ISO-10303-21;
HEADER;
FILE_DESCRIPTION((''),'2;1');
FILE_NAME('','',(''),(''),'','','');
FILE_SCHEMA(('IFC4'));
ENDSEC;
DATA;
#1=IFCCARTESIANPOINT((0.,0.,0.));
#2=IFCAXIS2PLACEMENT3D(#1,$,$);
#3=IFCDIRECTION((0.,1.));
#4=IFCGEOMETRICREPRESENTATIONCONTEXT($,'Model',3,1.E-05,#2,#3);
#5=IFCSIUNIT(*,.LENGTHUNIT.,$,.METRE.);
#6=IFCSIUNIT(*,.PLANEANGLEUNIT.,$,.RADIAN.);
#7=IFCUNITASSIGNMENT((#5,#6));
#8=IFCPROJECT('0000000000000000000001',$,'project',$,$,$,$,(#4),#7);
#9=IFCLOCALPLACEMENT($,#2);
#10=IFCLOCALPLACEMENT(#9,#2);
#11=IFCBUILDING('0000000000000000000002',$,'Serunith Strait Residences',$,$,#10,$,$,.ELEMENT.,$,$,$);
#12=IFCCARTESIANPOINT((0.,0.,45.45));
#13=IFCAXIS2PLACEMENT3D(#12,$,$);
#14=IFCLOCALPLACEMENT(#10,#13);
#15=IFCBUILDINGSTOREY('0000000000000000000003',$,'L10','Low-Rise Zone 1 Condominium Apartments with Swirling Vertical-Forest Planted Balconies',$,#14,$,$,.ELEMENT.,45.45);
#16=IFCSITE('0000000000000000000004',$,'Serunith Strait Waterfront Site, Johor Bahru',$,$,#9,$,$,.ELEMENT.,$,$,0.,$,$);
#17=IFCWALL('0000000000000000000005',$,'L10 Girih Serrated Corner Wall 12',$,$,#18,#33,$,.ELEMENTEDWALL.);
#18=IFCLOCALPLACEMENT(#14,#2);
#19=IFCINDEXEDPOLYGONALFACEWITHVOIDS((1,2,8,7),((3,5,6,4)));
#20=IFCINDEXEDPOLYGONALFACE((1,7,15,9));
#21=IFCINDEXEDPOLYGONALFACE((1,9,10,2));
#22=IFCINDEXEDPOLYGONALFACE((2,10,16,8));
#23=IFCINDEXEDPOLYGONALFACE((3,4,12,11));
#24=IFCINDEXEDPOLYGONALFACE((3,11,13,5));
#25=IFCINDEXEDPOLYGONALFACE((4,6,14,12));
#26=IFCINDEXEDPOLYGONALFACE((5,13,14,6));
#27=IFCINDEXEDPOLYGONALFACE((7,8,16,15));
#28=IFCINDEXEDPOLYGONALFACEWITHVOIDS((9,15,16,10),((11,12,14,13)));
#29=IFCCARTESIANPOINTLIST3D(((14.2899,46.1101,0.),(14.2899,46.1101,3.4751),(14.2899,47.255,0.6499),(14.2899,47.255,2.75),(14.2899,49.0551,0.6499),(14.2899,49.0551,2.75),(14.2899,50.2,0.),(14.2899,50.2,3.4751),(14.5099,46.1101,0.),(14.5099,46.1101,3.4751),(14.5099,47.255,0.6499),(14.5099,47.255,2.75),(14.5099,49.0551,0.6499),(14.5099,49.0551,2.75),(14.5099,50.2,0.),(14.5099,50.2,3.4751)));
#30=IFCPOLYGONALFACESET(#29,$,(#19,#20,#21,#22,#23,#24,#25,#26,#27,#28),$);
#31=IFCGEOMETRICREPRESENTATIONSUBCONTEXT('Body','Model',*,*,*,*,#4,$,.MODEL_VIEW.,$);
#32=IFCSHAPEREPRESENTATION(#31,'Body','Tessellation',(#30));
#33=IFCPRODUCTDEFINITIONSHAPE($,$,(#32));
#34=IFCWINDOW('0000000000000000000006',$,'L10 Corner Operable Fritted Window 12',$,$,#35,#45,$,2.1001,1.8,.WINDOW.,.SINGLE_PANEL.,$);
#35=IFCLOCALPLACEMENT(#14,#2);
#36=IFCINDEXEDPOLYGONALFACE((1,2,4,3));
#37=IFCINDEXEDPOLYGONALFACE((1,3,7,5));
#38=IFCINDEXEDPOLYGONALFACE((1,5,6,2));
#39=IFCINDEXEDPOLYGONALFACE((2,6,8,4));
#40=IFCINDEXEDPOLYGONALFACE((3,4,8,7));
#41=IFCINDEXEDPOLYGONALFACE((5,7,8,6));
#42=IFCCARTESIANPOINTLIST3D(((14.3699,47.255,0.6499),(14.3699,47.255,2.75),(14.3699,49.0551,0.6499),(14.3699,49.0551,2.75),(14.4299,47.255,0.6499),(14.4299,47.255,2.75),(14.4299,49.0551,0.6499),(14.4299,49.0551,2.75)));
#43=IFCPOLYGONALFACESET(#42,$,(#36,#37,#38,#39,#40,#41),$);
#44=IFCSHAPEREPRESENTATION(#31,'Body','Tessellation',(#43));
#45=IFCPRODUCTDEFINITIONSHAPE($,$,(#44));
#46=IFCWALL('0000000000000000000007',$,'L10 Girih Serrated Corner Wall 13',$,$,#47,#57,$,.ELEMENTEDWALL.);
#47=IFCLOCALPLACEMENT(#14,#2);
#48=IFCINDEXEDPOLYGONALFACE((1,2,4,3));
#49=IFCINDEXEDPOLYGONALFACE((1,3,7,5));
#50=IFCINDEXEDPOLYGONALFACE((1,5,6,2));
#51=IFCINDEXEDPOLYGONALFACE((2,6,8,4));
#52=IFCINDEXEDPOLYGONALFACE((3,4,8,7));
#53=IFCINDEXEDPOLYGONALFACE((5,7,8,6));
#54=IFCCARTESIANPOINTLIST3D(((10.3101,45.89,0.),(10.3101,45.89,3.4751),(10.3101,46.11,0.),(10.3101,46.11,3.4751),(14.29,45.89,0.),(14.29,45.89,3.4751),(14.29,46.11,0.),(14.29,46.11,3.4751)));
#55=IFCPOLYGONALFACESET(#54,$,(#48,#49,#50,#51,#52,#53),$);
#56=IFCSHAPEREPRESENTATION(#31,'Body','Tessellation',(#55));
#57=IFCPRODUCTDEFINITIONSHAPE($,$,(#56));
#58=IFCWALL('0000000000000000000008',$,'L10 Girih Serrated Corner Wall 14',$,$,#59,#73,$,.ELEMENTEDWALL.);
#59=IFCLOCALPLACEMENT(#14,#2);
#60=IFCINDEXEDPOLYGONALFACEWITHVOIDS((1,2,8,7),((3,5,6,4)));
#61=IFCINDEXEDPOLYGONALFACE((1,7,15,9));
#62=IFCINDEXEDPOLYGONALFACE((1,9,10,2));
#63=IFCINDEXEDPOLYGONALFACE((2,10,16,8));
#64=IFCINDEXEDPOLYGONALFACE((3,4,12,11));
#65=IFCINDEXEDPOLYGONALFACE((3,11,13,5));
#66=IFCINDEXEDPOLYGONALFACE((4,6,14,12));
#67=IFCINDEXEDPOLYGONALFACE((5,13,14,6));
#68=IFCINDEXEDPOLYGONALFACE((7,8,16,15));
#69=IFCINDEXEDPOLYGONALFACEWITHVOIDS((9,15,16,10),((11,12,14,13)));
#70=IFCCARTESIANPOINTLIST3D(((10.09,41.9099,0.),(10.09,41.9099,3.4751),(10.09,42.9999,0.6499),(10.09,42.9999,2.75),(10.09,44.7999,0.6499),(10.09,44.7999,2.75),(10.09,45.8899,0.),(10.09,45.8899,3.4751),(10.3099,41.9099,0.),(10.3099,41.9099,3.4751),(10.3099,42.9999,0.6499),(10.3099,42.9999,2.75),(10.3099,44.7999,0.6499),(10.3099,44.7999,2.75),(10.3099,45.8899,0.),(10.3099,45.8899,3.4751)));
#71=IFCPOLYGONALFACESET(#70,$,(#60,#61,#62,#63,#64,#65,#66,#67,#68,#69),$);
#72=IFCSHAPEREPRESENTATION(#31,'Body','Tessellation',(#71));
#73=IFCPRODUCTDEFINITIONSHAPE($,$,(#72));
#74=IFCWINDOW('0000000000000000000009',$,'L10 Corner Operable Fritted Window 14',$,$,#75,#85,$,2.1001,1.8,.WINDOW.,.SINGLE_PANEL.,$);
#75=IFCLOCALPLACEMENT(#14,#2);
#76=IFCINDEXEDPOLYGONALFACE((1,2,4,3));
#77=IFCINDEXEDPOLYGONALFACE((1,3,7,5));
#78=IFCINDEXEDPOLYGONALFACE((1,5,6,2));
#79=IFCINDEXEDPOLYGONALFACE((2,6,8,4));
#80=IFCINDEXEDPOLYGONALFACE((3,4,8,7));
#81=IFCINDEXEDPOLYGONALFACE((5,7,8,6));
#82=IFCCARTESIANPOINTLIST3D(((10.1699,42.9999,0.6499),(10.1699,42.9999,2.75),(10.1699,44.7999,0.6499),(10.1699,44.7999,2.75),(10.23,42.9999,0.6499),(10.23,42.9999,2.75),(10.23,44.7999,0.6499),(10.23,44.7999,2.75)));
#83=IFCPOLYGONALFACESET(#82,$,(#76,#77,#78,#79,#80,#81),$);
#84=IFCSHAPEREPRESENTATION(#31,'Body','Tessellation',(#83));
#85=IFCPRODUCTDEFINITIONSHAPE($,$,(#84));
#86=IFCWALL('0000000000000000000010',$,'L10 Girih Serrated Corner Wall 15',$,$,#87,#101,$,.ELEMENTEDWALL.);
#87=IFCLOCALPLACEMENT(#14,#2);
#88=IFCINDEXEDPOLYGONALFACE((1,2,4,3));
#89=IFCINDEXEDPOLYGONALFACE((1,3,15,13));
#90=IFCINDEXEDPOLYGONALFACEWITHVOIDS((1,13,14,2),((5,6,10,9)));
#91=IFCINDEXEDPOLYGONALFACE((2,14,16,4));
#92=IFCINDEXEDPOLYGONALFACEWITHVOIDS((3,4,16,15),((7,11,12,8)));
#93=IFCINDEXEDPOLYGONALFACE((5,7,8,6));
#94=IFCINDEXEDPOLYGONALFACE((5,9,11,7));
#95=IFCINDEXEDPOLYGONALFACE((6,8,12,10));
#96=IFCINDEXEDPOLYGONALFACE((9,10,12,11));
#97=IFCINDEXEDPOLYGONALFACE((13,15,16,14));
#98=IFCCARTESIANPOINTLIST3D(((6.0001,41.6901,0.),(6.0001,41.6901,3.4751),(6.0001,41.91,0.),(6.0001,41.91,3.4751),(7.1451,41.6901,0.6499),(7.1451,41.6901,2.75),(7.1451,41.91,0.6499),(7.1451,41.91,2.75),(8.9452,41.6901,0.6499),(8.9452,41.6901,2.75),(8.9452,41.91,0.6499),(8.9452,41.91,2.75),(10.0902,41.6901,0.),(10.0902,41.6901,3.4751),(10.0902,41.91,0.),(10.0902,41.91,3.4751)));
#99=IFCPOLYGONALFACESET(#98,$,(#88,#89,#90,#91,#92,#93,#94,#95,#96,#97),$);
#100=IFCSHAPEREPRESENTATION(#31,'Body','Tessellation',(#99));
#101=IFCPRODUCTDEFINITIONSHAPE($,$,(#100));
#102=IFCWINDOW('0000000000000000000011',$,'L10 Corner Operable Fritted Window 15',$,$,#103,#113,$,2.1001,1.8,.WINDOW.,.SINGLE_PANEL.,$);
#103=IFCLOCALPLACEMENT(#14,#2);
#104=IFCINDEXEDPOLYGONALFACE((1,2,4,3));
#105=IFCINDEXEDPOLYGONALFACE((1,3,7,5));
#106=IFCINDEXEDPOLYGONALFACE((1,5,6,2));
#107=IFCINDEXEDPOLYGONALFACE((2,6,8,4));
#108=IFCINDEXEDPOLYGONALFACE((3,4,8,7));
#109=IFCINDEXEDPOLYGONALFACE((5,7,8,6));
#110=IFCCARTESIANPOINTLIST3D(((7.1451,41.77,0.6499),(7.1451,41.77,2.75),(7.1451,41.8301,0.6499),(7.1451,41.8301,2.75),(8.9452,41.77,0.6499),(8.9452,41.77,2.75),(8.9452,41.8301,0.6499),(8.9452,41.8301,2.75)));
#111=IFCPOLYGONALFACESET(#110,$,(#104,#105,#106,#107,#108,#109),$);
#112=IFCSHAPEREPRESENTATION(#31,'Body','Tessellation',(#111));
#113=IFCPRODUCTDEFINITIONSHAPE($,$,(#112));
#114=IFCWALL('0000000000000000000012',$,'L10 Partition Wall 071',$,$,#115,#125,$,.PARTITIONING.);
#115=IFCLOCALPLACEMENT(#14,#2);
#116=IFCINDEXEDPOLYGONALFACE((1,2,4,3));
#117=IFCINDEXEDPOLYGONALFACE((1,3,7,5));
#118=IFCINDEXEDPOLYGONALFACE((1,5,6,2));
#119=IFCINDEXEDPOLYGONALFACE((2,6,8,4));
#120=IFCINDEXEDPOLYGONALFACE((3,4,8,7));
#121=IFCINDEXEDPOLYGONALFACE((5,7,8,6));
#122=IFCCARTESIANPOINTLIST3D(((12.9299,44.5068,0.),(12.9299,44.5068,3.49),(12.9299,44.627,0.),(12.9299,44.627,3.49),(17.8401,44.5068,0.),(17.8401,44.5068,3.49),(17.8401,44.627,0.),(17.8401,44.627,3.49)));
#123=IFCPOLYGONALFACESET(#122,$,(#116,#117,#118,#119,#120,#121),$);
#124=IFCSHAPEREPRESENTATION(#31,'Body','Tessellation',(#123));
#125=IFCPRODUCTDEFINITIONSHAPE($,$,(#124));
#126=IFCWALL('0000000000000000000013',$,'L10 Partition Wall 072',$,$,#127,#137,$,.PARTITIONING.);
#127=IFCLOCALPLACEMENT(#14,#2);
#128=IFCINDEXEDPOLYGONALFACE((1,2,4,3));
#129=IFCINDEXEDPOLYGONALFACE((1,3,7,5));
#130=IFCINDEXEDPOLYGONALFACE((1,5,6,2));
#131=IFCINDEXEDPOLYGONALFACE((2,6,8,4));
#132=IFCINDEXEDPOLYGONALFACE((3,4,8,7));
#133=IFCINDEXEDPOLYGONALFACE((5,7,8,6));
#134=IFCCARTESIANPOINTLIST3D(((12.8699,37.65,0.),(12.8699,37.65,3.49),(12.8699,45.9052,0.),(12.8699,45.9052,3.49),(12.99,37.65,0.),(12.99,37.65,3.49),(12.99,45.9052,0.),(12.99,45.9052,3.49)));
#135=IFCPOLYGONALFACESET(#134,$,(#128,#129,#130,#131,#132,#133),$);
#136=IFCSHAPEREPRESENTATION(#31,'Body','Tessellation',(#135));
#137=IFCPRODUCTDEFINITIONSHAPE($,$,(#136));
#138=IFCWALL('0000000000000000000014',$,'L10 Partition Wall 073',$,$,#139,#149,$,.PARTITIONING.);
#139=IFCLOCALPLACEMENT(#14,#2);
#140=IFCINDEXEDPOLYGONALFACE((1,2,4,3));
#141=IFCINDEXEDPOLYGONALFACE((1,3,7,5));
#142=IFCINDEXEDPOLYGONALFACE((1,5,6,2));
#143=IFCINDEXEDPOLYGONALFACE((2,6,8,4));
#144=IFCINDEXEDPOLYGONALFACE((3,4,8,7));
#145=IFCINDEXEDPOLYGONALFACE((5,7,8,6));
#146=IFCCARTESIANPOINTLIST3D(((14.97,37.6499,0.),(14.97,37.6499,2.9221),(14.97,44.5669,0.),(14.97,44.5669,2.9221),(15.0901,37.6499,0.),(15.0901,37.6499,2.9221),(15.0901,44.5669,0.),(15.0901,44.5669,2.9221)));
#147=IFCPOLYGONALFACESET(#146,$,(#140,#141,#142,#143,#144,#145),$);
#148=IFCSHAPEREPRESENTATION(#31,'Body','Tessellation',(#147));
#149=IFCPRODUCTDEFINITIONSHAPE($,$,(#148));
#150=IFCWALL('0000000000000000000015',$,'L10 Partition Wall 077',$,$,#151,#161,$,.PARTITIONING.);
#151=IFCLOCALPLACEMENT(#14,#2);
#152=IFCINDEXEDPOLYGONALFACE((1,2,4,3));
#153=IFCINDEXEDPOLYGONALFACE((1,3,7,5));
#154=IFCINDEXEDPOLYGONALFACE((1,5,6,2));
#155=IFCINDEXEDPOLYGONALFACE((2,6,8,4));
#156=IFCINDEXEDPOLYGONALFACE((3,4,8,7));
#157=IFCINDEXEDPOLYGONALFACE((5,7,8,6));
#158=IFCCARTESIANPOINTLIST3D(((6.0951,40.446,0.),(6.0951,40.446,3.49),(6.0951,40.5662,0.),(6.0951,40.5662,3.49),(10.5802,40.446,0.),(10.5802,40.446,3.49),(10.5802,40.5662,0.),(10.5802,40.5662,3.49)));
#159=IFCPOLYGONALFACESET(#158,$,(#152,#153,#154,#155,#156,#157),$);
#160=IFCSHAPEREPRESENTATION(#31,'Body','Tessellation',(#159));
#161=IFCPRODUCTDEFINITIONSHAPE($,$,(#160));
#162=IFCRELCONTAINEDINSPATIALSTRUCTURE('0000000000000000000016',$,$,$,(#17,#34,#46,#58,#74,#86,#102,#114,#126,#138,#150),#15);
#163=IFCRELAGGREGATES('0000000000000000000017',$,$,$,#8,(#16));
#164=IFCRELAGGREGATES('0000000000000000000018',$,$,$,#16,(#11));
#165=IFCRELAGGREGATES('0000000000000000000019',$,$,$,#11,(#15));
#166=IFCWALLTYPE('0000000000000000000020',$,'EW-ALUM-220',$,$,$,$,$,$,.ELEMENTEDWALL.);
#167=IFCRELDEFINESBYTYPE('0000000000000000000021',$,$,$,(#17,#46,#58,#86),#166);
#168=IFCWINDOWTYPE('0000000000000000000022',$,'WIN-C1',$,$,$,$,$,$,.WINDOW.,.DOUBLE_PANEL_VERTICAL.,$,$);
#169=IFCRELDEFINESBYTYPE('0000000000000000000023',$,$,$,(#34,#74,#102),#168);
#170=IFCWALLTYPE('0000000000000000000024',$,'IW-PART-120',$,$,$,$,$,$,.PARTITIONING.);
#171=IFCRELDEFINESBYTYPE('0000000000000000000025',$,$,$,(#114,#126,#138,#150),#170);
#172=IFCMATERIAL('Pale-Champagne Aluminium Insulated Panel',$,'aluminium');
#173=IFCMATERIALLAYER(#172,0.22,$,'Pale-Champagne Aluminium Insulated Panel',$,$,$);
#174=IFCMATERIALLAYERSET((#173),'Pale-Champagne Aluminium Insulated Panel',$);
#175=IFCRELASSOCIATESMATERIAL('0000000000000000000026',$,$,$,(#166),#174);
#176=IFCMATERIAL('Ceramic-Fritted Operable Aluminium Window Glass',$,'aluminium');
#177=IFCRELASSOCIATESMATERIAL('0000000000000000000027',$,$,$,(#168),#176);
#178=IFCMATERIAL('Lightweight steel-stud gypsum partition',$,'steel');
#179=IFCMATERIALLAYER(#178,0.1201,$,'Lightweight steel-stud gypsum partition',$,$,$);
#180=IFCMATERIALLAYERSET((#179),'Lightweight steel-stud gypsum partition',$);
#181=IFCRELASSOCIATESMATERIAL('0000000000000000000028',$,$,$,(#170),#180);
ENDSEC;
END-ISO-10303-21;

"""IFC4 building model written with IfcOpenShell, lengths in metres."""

from ifc_helpers import new_model, si_unit, direction, frame, frame_2d, origin, place, context, subcontext, project, spatial, rectangle, extrude, source, transform, mapped, material, layer, layer_set, type_object, element, fill, save


model = new_model("IFC4")

# Units and contexts
model_context = context("Model", 3, precision=1e-05, world=origin(), true_north=direction((0.0, 1.0)))
body_context = subcontext(model_context, "Body", "Model", "MODEL_VIEW")
ifc_project = project(units=[si_unit("LENGTHUNIT", "METRE"), si_unit("PLANEANGLEUNIT", "RADIAN")], contexts=[model_context])

# Site, building, storey
site_placement = place(None, origin())
site = spatial("IfcSite", under=ifc_project, at=site_placement, Name="Serunith Strait Waterfront Site, Johor Bahru", CompositionType="ELEMENT", RefElevation=0.0)
building_placement = place(site_placement, origin())
building = spatial("IfcBuilding", under=site, at=building_placement, Name="Serunith Strait Residences", CompositionType="ELEMENT")
storey_placement = place(building_placement, frame((0.0, 0.0, 45.45)))
storey = spatial("IfcBuildingStorey", under=building, at=storey_placement, Name="L10", Description="Low-Rise Zone 1 Condominium Apartments with Swirling Vertical-Forest Planted Balconies", CompositionType="ELEMENT", Elevation=45.45)

# Wall, opening, window
ifc_material_1 = material(Name="Pale-Champagne Aluminium Insulated Panel", Category="aluminium")
ifc_layer_1 = layer(ifc_material_1, 0.22, Name="Pale-Champagne Aluminium Insulated Panel")
ifc_layer_set_1 = layer_set([ifc_layer_1], Name="Pale-Champagne Aluminium Insulated Panel")
wall_type_1 = type_object("IfcWallType", Name="EW-ALUM-220", PredefinedType="ELEMENTEDWALL", material=ifc_layer_set_1)
wall_1_placement = place(storey_placement, frame((14.3999, 50.2, 0.0), z_axis=(0.0, 0.0, 1.0), x_axis=(0.0, -1.0, 0.0)))
wall_1 = element("IfcWall", 1, at=wall_1_placement, inside=storey, type_object=wall_type_1, Name="L10 Girih Serrated Corner Wall 12", PredefinedType="ELEMENTEDWALL", context=body_context, shape_type="SweptSolid", body=[
    extrude(rectangle(XDim=4.0898, YDim=0.22, at=frame_2d((2.0449, 0.0))), origin(), (0.0, 0.0, 1.0), 3.4751),
])
opening_1_placement = place(wall_1_placement, frame((1.145, 0.0, 0.6499)))
opening_1 = element("IfcOpeningElement", 2, at=opening_1_placement, cuts=wall_1, PredefinedType="OPENING", context=body_context, shape_type="SweptSolid", body=[
    extrude(rectangle(XDim=1.8, YDim=2.1001, at=frame_2d((0.8999, 1.05))), frame((0.0, 0.1201, 0.0), z_axis=(0.0, -1.0, 0.0), x_axis=(1.0, 0.0, 0.0)), (0.0, 0.0, 1.0), 0.24),
])
ifc_material_2 = material(Name="Ceramic-Fritted Operable Aluminium Window Glass", Category="aluminium")
window_type = type_object("IfcWindowType", Name="WIN-C1", PartitioningType="DOUBLE_PANEL_VERTICAL", PredefinedType="WINDOW", material=ifc_material_2)
shared_shape_1 = source(origin(), body_context, "Body", "SweptSolid", [
    extrude(rectangle(XDim=1.8, YDim=2.1001, at=frame_2d((0.8999, 1.05))), frame((0.0, 0.03, 0.0), z_axis=(0.0, -1.0, 0.0), x_axis=(1.0, 0.0, 0.0)), (0.0, 0.0, 1.0), 0.0601),
])
window_1_placement = place(opening_1_placement, origin())
window_1 = element("IfcWindow", 3, at=window_1_placement, inside=storey, type_object=window_type, Name="L10 Corner Operable Fritted Window 12", OverallHeight=2.1001, OverallWidth=1.8, PartitioningType="SINGLE_PANEL", PredefinedType="WINDOW", context=body_context, shape_type="MappedRepresentation", body=[
    mapped(shared_shape_1, transform((0.0, 0.0, 0.0), scale=1.0)),
])
fill(opening_1, window_1)

# Wall
wall_2_placement = place(storey_placement, frame((14.29, 46.0, 0.0), z_axis=(0.0, 0.0, 1.0), x_axis=(-1.0, 0.0, 0.0)))
element("IfcWall", 4, at=wall_2_placement, inside=storey, type_object=wall_type_1, Name="L10 Girih Serrated Corner Wall 13", PredefinedType="ELEMENTEDWALL", context=body_context, shape_type="SweptSolid", body=[
    extrude(rectangle(XDim=3.98, YDim=0.22, at=frame_2d((1.99, 0.0))), origin(), (0.0, 0.0, 1.0), 3.4751),
])

# Walls, openings, windows
wall_3_placement = place(storey_placement, frame((10.2, 45.8899, 0.0), z_axis=(0.0, 0.0, 1.0), x_axis=(0.0, -1.0, 0.0)))
wall_3 = element("IfcWall", 5, at=wall_3_placement, inside=storey, type_object=wall_type_1, Name="L10 Girih Serrated Corner Wall 14", PredefinedType="ELEMENTEDWALL", context=body_context, shape_type="SweptSolid", body=[
    extrude(rectangle(XDim=3.98, YDim=0.22, at=frame_2d((1.99, 0.0))), origin(), (0.0, 0.0, 1.0), 3.4751),
])
opening_2_placement = place(wall_3_placement, frame((1.0901, 0.0, 0.6499)))
opening_2 = element("IfcOpeningElement", 6, at=opening_2_placement, cuts=wall_3, PredefinedType="OPENING", context=body_context, shape_type="SweptSolid", body=[
    extrude(rectangle(XDim=1.8, YDim=2.1001, at=frame_2d((0.8999, 1.05))), frame((0.0, 0.1201, 0.0), z_axis=(0.0, -1.0, 0.0), x_axis=(1.0, 0.0, 0.0)), (0.0, 0.0, 1.0), 0.24),
])
window_2_placement = place(opening_2_placement, origin())
window_2 = element("IfcWindow", 7, at=window_2_placement, inside=storey, type_object=window_type, Name="L10 Corner Operable Fritted Window 14", OverallHeight=2.1001, OverallWidth=1.8, PartitioningType="SINGLE_PANEL", PredefinedType="WINDOW", context=body_context, shape_type="MappedRepresentation", body=[
    mapped(shared_shape_1, transform((0.0, 0.0, 0.0), scale=1.0)),
])
fill(opening_2, window_2)
wall_4_placement = place(storey_placement, frame((10.0901, 41.8, 0.0), z_axis=(0.0, 0.0, 1.0), x_axis=(-1.0, 0.0, 0.0)))
wall_4 = element("IfcWall", 8, at=wall_4_placement, inside=storey, type_object=wall_type_1, Name="L10 Girih Serrated Corner Wall 15", PredefinedType="ELEMENTEDWALL", context=body_context, shape_type="SweptSolid", body=[
    extrude(rectangle(XDim=4.0901, YDim=0.22, at=frame_2d((2.0449, 0.0))), origin(), (0.0, 0.0, 1.0), 3.4751),
])
opening_3_placement = place(wall_4_placement, frame((1.145, 0.0, 0.6499)))
opening_3 = element("IfcOpeningElement", 9, at=opening_3_placement, cuts=wall_4, PredefinedType="OPENING", context=body_context, shape_type="SweptSolid", body=[
    extrude(rectangle(XDim=1.8, YDim=2.1001, at=frame_2d((0.8999, 1.05))), frame((0.0, 0.1201, 0.0), z_axis=(0.0, -1.0, 0.0), x_axis=(1.0, 0.0, 0.0)), (0.0, 0.0, 1.0), 0.24),
])
window_3_placement = place(opening_3_placement, origin())
window_3 = element("IfcWindow", 10, at=window_3_placement, inside=storey, type_object=window_type, Name="L10 Corner Operable Fritted Window 15", OverallHeight=2.1001, OverallWidth=1.8, PartitioningType="SINGLE_PANEL", PredefinedType="WINDOW", context=body_context, shape_type="MappedRepresentation", body=[
    mapped(shared_shape_1, transform((0.0, 0.0, 0.0), scale=1.0)),
])
fill(opening_3, window_3)

# Walls
ifc_material_3 = material(Name="Lightweight steel-stud gypsum partition", Category="steel")
ifc_layer_2 = layer(ifc_material_3, 0.1201, Name="Lightweight steel-stud gypsum partition")
ifc_layer_set_2 = layer_set([ifc_layer_2], Name="Lightweight steel-stud gypsum partition")
wall_type_2 = type_object("IfcWallType", Name="IW-PART-120", PredefinedType="PARTITIONING", material=ifc_layer_set_2)
wall_5_placement = place(storey_placement, frame((12.9299, 44.5669, 0.0), z_axis=(0.0, 0.0, 1.0), x_axis=(1.0, 0.0, 0.0)))
element("IfcWall", 11, at=wall_5_placement, inside=storey, type_object=wall_type_2, Name="L10 Partition Wall 071", PredefinedType="PARTITIONING", context=body_context, shape_type="SweptSolid", body=[
    extrude(rectangle(XDim=4.9102, YDim=0.1201, at=frame_2d((2.4551, 0.0))), origin(), (0.0, 0.0, 1.0), 3.49),
])
wall_6_placement = place(storey_placement, frame((12.9299, 45.905, 0.0), z_axis=(0.0, 0.0, 1.0), x_axis=(0.0, -1.0, 0.0)))
element("IfcWall", 12, at=wall_6_placement, inside=storey, type_object=wall_type_2, Name="L10 Partition Wall 072", PredefinedType="PARTITIONING", context=body_context, shape_type="SweptSolid", body=[
    extrude(rectangle(XDim=8.2551, YDim=0.1201, at=frame_2d((4.1274, 0.0))), origin(), (0.0, 0.0, 1.0), 3.49),
])
wall_7_placement = place(storey_placement, frame((15.03, 44.5669, 0.0), z_axis=(0.0, 0.0, 1.0), x_axis=(0.0, -1.0, 0.0)))
element("IfcWall", 13, at=wall_7_placement, inside=storey, type_object=wall_type_2, Name="L10 Partition Wall 073", PredefinedType="PARTITIONING", context=body_context, shape_type="SweptSolid", body=[
    extrude(rectangle(XDim=6.917, YDim=0.1201, at=frame_2d((3.4585, 0.0))), origin(), (0.0, 0.0, 1.0), 2.9221),
])
wall_8_placement = place(storey_placement, frame((6.095, 40.5061, 0.0), z_axis=(0.0, 0.0, 1.0), x_axis=(1.0, 0.0, 0.0)))
element("IfcWall", 14, at=wall_8_placement, inside=storey, type_object=wall_type_2, Name="L10 Partition Wall 077", PredefinedType="PARTITIONING", context=body_context, shape_type="SweptSolid", body=[
    extrude(rectangle(XDim=4.4851, YDim=0.1201, at=frame_2d((2.2427, 0.0))), origin(), (0.0, 0.0, 1.0), 3.49),
])

save(model, "model.ifc")
